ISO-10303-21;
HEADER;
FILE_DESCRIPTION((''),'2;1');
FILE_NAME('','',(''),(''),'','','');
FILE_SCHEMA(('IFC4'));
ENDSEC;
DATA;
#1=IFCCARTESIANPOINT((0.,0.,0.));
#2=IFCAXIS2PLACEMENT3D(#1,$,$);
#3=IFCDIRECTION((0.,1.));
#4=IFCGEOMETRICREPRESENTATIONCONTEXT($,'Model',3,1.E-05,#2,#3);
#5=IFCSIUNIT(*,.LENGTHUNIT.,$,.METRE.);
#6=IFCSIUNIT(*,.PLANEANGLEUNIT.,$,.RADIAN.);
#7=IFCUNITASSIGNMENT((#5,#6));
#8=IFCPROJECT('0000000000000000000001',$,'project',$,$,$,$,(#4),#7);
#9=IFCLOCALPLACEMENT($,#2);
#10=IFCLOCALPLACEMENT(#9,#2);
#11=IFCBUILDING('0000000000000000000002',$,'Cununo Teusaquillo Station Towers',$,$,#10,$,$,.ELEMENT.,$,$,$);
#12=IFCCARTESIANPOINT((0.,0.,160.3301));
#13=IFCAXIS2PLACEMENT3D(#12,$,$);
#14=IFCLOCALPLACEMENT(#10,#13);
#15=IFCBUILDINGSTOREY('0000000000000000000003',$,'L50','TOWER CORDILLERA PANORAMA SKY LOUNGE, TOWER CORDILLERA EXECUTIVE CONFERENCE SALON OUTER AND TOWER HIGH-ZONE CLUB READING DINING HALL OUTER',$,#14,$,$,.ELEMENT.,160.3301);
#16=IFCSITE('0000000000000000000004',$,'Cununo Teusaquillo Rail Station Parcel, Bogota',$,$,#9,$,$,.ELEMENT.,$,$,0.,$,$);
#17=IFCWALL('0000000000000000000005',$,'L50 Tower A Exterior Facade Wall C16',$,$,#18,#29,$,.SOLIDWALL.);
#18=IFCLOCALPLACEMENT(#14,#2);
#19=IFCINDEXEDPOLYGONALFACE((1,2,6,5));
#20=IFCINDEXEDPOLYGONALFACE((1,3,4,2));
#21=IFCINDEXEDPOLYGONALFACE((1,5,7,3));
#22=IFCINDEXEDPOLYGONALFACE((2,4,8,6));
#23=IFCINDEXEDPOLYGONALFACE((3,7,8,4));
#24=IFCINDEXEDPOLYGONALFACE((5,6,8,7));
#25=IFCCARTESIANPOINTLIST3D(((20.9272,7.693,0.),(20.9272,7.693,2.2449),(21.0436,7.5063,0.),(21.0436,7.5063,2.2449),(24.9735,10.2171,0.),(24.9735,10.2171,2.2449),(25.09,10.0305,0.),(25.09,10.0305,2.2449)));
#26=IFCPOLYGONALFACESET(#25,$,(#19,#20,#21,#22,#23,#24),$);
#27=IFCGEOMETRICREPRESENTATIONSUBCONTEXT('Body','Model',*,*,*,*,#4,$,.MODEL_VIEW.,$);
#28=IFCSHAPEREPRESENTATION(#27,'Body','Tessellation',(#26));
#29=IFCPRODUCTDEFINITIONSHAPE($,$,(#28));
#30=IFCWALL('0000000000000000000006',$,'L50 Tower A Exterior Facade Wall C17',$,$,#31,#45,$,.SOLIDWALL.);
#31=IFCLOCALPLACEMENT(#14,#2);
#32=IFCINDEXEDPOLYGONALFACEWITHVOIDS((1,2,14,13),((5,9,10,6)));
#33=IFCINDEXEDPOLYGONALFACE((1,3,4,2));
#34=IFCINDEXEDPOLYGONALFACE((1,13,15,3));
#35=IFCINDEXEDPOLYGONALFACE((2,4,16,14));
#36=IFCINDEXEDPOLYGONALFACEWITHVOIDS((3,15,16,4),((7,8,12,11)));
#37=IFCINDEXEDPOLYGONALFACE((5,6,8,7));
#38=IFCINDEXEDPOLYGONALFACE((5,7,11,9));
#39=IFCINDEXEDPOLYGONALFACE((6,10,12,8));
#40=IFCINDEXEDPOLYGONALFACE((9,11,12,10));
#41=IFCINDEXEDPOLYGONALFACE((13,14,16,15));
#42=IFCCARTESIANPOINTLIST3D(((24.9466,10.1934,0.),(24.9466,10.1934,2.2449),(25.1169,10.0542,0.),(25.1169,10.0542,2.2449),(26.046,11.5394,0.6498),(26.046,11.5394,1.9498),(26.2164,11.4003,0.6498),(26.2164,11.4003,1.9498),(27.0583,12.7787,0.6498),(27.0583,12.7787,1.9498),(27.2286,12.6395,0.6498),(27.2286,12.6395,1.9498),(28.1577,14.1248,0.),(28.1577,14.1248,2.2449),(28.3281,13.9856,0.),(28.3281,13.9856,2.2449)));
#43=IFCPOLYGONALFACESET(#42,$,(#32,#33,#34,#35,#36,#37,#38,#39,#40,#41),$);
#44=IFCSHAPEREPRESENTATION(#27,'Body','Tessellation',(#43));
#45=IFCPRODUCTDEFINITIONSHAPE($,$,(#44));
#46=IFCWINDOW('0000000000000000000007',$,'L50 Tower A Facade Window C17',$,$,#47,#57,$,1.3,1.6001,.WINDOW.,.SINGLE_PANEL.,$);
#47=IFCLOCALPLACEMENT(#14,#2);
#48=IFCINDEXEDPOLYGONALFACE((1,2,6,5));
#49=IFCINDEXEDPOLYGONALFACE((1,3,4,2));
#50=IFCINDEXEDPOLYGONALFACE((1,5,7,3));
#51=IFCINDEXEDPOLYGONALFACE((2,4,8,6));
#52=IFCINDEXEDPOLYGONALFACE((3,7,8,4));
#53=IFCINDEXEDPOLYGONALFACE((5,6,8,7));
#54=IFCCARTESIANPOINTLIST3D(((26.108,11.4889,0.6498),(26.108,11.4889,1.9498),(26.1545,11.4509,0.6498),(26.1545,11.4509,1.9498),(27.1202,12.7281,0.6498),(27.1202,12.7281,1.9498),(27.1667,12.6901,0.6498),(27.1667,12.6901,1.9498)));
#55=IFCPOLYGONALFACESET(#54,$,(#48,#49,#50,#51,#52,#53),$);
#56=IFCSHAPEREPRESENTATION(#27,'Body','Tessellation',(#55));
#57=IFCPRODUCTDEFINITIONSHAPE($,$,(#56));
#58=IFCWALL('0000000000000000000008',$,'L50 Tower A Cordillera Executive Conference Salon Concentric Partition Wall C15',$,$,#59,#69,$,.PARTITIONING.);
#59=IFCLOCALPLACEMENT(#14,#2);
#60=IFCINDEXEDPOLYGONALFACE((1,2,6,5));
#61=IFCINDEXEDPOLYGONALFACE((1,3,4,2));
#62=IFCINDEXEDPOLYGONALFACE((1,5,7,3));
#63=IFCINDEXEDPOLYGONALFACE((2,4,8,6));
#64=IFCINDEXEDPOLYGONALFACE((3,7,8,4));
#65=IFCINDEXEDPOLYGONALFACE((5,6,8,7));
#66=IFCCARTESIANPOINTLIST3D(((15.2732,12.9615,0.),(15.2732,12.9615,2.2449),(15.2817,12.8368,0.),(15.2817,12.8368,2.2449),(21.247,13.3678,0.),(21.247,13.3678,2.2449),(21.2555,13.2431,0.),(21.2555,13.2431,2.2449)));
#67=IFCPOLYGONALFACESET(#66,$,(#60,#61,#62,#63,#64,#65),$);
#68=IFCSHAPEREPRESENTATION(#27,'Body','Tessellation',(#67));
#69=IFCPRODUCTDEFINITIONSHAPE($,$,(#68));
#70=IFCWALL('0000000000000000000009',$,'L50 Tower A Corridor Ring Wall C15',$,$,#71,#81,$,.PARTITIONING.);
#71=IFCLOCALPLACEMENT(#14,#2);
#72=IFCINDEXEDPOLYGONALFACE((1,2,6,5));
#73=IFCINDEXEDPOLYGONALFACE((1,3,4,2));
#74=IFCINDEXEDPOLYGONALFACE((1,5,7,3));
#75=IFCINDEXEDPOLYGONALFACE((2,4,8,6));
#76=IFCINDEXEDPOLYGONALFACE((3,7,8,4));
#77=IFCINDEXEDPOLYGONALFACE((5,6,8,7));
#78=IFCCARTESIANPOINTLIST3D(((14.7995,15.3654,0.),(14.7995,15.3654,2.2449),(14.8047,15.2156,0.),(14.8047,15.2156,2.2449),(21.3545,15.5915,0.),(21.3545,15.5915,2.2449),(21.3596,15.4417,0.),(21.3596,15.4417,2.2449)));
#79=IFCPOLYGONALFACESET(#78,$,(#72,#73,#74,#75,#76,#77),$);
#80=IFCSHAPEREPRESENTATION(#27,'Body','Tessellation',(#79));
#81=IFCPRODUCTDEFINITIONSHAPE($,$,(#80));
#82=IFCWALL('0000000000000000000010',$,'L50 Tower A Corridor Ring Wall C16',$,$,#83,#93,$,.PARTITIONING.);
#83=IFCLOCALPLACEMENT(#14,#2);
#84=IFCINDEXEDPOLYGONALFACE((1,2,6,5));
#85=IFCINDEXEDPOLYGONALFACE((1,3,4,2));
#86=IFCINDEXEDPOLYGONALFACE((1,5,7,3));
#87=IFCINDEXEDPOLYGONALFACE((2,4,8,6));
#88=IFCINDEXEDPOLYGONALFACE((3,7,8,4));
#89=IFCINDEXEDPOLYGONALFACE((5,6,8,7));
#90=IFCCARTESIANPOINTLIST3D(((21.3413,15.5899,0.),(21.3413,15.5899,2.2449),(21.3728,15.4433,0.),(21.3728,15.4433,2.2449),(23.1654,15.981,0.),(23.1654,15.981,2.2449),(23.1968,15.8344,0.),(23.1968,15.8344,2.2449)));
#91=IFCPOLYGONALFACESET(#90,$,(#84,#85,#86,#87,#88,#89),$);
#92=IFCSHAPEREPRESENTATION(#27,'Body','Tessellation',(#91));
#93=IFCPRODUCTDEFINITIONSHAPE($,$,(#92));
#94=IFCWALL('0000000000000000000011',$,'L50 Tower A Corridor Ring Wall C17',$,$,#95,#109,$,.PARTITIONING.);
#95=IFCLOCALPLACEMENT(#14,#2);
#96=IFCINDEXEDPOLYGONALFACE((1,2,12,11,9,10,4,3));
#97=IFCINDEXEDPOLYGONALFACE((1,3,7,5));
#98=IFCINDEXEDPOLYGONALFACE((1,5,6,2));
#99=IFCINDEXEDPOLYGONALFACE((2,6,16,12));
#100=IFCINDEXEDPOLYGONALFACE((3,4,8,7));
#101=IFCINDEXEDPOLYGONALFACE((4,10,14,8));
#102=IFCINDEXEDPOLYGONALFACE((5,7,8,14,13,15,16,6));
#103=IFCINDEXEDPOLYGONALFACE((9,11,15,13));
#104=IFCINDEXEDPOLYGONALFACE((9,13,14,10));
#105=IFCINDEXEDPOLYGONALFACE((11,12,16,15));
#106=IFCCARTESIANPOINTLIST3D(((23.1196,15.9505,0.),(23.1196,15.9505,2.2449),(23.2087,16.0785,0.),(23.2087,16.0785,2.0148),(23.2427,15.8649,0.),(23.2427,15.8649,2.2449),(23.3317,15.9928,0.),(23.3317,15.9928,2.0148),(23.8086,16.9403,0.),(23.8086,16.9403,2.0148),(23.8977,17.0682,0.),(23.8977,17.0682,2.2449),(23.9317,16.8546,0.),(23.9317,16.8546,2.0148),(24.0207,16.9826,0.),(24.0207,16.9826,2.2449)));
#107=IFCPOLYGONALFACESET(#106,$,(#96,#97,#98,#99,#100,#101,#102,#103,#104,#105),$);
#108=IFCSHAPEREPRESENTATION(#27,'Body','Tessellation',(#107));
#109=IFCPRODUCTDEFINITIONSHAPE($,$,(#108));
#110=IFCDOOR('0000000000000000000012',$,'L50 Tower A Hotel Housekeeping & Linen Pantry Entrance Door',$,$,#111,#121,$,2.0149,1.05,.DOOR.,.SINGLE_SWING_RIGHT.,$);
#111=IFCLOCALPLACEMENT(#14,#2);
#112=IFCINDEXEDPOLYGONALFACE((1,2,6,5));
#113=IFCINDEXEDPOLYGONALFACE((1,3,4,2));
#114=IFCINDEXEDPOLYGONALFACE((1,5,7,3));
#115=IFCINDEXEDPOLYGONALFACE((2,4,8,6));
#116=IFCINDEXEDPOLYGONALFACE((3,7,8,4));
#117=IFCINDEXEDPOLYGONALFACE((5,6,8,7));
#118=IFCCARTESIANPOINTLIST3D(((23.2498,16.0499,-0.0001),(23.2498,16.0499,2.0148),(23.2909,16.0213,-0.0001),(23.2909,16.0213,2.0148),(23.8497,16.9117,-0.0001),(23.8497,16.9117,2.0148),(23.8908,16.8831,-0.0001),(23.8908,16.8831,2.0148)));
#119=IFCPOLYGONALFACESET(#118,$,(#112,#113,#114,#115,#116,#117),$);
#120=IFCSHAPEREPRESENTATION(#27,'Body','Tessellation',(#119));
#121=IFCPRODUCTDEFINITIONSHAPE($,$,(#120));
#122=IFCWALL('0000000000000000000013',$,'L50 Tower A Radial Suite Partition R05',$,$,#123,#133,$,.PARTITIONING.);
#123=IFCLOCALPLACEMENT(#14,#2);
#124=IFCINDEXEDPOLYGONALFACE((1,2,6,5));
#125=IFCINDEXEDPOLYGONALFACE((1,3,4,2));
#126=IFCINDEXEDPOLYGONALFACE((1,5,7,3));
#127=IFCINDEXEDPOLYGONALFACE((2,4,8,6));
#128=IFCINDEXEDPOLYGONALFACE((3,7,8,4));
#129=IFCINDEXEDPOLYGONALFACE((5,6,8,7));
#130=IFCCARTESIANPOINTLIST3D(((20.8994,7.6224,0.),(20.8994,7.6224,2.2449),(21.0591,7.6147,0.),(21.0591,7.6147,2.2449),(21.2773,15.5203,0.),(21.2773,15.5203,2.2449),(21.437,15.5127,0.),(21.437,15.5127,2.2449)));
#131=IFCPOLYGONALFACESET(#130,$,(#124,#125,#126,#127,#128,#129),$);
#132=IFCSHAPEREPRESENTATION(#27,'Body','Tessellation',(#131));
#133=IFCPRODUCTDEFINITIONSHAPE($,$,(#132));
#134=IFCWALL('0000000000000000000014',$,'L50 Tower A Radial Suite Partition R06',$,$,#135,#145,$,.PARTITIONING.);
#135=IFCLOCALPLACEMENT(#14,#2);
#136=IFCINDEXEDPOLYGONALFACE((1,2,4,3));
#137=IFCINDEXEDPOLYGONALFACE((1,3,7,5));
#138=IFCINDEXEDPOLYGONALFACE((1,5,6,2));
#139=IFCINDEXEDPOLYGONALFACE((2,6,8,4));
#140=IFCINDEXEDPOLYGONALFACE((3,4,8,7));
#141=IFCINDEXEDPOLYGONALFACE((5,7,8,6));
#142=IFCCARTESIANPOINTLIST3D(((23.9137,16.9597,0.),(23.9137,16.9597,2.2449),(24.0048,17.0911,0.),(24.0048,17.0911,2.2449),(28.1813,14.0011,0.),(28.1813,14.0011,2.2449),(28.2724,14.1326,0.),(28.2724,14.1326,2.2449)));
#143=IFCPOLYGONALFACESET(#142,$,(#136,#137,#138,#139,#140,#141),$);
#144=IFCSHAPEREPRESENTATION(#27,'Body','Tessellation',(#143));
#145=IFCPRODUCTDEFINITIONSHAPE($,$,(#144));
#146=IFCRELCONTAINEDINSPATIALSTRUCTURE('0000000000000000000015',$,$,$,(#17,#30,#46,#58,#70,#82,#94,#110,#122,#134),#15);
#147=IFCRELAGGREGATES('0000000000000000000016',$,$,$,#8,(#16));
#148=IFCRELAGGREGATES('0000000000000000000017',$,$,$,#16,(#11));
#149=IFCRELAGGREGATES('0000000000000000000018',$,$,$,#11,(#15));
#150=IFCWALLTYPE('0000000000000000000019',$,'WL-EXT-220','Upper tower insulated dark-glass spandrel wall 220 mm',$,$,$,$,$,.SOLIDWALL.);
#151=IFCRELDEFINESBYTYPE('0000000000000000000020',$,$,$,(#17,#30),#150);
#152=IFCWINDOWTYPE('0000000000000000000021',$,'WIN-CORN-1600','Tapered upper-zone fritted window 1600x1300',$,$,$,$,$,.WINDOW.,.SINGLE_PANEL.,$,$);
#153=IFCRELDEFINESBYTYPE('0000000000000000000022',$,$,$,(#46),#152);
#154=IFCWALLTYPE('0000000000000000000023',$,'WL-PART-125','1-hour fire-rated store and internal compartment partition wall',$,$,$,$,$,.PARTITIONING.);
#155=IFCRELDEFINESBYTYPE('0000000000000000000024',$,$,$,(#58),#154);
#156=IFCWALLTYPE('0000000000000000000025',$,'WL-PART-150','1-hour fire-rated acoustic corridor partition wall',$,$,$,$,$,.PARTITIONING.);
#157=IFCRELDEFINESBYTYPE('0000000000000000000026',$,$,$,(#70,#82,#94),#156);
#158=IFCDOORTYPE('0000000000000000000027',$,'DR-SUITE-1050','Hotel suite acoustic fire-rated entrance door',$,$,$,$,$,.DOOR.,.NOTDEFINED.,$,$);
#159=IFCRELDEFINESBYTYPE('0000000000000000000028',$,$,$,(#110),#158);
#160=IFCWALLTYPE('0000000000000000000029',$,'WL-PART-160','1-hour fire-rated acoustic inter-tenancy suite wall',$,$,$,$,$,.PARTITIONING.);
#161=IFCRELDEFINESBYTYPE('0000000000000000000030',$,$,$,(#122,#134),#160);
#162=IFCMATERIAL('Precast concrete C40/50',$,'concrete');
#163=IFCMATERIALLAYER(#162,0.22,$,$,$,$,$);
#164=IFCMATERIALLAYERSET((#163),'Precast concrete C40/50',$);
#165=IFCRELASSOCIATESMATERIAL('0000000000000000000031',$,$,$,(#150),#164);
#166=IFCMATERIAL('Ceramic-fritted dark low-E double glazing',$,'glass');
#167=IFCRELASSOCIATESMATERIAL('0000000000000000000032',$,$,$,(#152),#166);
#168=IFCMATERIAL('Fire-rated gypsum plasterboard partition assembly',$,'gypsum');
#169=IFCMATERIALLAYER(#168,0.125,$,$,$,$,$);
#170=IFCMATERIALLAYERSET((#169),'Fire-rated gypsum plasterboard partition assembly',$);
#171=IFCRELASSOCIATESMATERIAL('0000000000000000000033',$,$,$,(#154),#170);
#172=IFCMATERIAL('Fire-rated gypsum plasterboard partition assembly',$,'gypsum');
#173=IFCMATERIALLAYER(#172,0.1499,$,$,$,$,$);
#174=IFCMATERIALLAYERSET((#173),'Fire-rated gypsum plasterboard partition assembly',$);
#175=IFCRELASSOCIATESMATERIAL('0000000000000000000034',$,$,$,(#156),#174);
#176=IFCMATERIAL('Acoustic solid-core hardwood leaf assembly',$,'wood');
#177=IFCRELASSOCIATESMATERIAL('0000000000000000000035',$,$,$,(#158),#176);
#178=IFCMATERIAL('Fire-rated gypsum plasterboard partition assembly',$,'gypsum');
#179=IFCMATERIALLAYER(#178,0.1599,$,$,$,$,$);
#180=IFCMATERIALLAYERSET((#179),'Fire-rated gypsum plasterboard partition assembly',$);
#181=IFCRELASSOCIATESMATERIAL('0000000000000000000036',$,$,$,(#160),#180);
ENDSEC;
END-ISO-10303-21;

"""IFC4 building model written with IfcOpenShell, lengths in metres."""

from ifc_helpers import new_model, si_unit, direction, frame, frame_2d, origin, place, context, subcontext, project, spatial, rectangle, extrude, source, transform, mapped, material, layer, layer_set, type_object, element, fill, save


model = new_model("IFC4")

# Units and contexts
model_context = context("Model", 3, precision=1e-05, world=origin(), true_north=direction((0.0, 1.0)))
body_context = subcontext(model_context, "Body", "Model", "MODEL_VIEW")
ifc_project = project(units=[si_unit("LENGTHUNIT", "METRE"), si_unit("PLANEANGLEUNIT", "RADIAN")], contexts=[model_context])

# Site, building, storey
site_placement = place(None, origin())
site = spatial("IfcSite", under=ifc_project, at=site_placement, Name="Cununo Teusaquillo Rail Station Parcel, Bogota", CompositionType="ELEMENT", RefElevation=0.0)
building_placement = place(site_placement, origin())
building = spatial("IfcBuilding", under=site, at=building_placement, Name="Cununo Teusaquillo Station Towers", CompositionType="ELEMENT")
storey_placement = place(building_placement, frame((0.0, 0.0, 160.3301)))
storey = spatial("IfcBuildingStorey", under=building, at=storey_placement, Name="L50", Description="TOWER CORDILLERA PANORAMA SKY LOUNGE, TOWER CORDILLERA EXECUTIVE CONFERENCE SALON OUTER AND TOWER HIGH-ZONE CLUB READING DINING HALL OUTER", CompositionType="ELEMENT", Elevation=160.3301)

# Shared definitions
ifc_material_1 = material(Name="Precast concrete C40/50", Category="concrete")
ifc_layer_1 = layer(ifc_material_1, 0.22)
ifc_layer_set_1 = layer_set([ifc_layer_1], Name="Precast concrete C40/50")
wall_type_1 = type_object("IfcWallType", Name="WL-EXT-220", Description="Upper tower insulated dark-glass spandrel wall 220 mm", PredefinedType="SOLIDWALL", material=ifc_layer_set_1)

# Shared definitions
shared_shape_1 = source(origin(), body_context, "Body", "SweptSolid", [
    extrude(rectangle(XDim=1.6001, YDim=1.3, at=frame_2d((0.8, 0.6499))), frame((0.0, 0.1199, 0.0), z_axis=(0.0, -1.0, 0.0), x_axis=(1.0, 0.0, 0.0)), (0.0, 0.0, 1.0), 0.24),
])
ifc_material_2 = material(Name="Ceramic-fritted dark low-E double glazing", Category="glass")
window_type = type_object("IfcWindowType", Name="WIN-CORN-1600", Description="Tapered upper-zone fritted window 1600x1300", PartitioningType="SINGLE_PANEL", PredefinedType="WINDOW", material=ifc_material_2)
shared_shape_2 = source(origin(), body_context, "Body", "SweptSolid", [
    extrude(rectangle(XDim=1.6001, YDim=1.3, at=frame_2d((0.8, 0.6499))), frame((0.0, 0.03, 0.0), z_axis=(0.0, -1.0, 0.0), x_axis=(1.0, 0.0, 0.0)), (0.0, 0.0, 1.0), 0.0601),
])

# Wall
wall_1_placement = place(storey_placement, frame((25.0317, 10.1238, 0.0), z_axis=(0.0, 0.0, 1.0), x_axis=(-0.848452, -0.529272, 0.0)))
element("IfcWall", 1, at=wall_1_placement, inside=storey, type_object=wall_type_1, Name="L50 Tower A Exterior Facade Wall C16", PredefinedType="SOLIDWALL", context=body_context, shape_type="SweptSolid", body=[
    extrude(rectangle(XDim=4.769, YDim=0.22, at=frame_2d((2.3845, 0.0))), origin(), (0.0, 0.0, 1.0), 2.2449),
])

# Wall, opening, window
wall_2_placement = place(storey_placement, frame((28.2429, 14.0552, 0.0), z_axis=(0.0, 0.0, 1.0), x_axis=(-0.632599, -0.77448, 0.0)))
wall_2 = element("IfcWall", 2, at=wall_2_placement, inside=storey, type_object=wall_type_1, Name="L50 Tower A Exterior Facade Wall C17", PredefinedType="SOLIDWALL", context=body_context, shape_type="SweptSolid", body=[
    extrude(rectangle(XDim=5.0762, YDim=0.22, at=frame_2d((2.5381, 0.0))), origin(), (0.0, 0.0, 1.0), 2.2449),
])
opening_1_placement = place(wall_2_placement, frame((1.738, 0.0, 0.6499)))
opening_1 = element("IfcOpeningElement", 3, at=opening_1_placement, cuts=wall_2, PredefinedType="OPENING", context=body_context, shape_type="MappedRepresentation", body=[
    mapped(shared_shape_1, transform((0.0, 0.0, 0.0), x_axis=(1.0, 0.0, 0.0), y_axis=(0.0, 1.0, 0.0), z_axis=(0.0, 0.0, 1.0), scale=1.0)),
])
window_1_placement = place(opening_1_placement, origin())
window_1 = element("IfcWindow", 4, at=window_1_placement, inside=storey, type_object=window_type, Name="L50 Tower A Facade Window C17", OverallHeight=1.3, OverallWidth=1.6001, PartitioningType="SINGLE_PANEL", PredefinedType="WINDOW", context=body_context, shape_type="MappedRepresentation", body=[
    mapped(shared_shape_2, transform((0.0, 0.0, 0.0), x_axis=(1.0, 0.0, 0.0), y_axis=(0.0, 1.0, 0.0), z_axis=(0.0, 0.0, 1.0), scale=1.0)),
])
fill(opening_1, window_1)

# Walls
ifc_material_3 = material(Name="Fire-rated gypsum plasterboard partition assembly", Category="gypsum")
ifc_layer_2 = layer(ifc_material_3, 0.125)
ifc_layer_set_2 = layer_set([ifc_layer_2], Name="Fire-rated gypsum plasterboard partition assembly")
wall_type_2 = type_object("IfcWallType", Name="WL-PART-125", Description="1-hour fire-rated store and internal compartment partition wall", PredefinedType="PARTITIONING", material=ifc_layer_set_2)
wall_3_placement = place(storey_placement, frame((15.2776, 12.8992, 0.0), z_axis=(0.0, 0.0, 1.0), x_axis=(0.997696, 0.06785, 0.0)))
element("IfcWall", 5, at=wall_3_placement, inside=storey, type_object=wall_type_2, Name="L50 Tower A Cordillera Executive Conference Salon Concentric Partition Wall C15", PredefinedType="PARTITIONING", context=body_context, shape_type="SweptSolid", body=[
    extrude(rectangle(XDim=5.9875, YDim=0.125, at=frame_2d((2.9937, 0.0))), origin(), (0.0, 0.0, 1.0), 2.2449),
])
ifc_material_4 = material(Name="Fire-rated gypsum plasterboard partition assembly", Category="gypsum")
ifc_layer_3 = layer(ifc_material_4, 0.1499)
ifc_layer_set_3 = layer_set([ifc_layer_3], Name="Fire-rated gypsum plasterboard partition assembly")
wall_type_3 = type_object("IfcWallType", Name="WL-PART-150", Description="1-hour fire-rated acoustic corridor partition wall", PredefinedType="PARTITIONING", material=ifc_layer_set_3)
wall_4_placement = place(storey_placement, frame((14.8022, 15.2905, 0.0), z_axis=(0.0, 0.0, 1.0), x_axis=(0.999406, 0.034469, 0.0)))
element("IfcWall", 6, at=wall_4_placement, inside=storey, type_object=wall_type_3, Name="L50 Tower A Corridor Ring Wall C15", PredefinedType="PARTITIONING", context=body_context, shape_type="SweptSolid", body=[
    extrude(rectangle(XDim=6.5588, YDim=0.1499, at=frame_2d((3.2793, 0.0))), origin(), (0.0, 0.0, 1.0), 2.2449),
])
wall_5_placement = place(storey_placement, frame((21.3572, 15.5166, 0.0), z_axis=(0.0, 0.0, 1.0), x_axis=(0.977774, 0.209663, 0.0)))
element("IfcWall", 7, at=wall_5_placement, inside=storey, type_object=wall_type_3, Name="L50 Tower A Corridor Ring Wall C16", PredefinedType="PARTITIONING", context=body_context, shape_type="SweptSolid", body=[
    extrude(rectangle(XDim=1.8655, YDim=0.1499, at=frame_2d((0.9326, 0.0))), origin(), (0.0, 0.0, 1.0), 2.2449),
])

# Wall, opening, door
wall_6_placement = place(storey_placement, frame((23.1812, 15.9077, 0.0), z_axis=(0.0, 0.0, 1.0), x_axis=(0.571343, 0.820711, 0.0)))
wall_6 = element("IfcWall", 8, at=wall_6_placement, inside=storey, type_object=wall_type_3, Name="L50 Tower A Corridor Ring Wall C17", PredefinedType="PARTITIONING", context=body_context, shape_type="SweptSolid", body=[
    extrude(rectangle(XDim=1.3618, YDim=0.1499, at=frame_2d((0.6809, 0.0))), origin(), (0.0, 0.0, 1.0), 2.2449),
])
shared_shape_3 = source(origin(), body_context, "Body", "SweptSolid", [
    extrude(rectangle(XDim=1.05, YDim=2.0149, at=frame_2d((0.5249, 1.0073))), frame((0.0, 0.085, 0.0), z_axis=(0.0, -1.0, 0.0), x_axis=(1.0, 0.0, 0.0)), (0.0, 0.0, 1.0), 0.1699),
])
opening_2_placement = place(wall_6_placement, frame((0.156, 0.0, 0.0)))
opening_2 = element("IfcOpeningElement", 9, at=opening_2_placement, cuts=wall_6, PredefinedType="OPENING", context=body_context, shape_type="MappedRepresentation", body=[
    mapped(shared_shape_3, transform((0.0, 0.0, 0.0), x_axis=(1.0, 0.0, 0.0), y_axis=(0.0, 1.0, 0.0), z_axis=(0.0, 0.0, 1.0), scale=1.0)),
])
ifc_material_5 = material(Name="Acoustic solid-core hardwood leaf assembly", Category="wood")
door_type_1 = type_object("IfcDoorType", Name="DR-SUITE-1050", Description="Hotel suite acoustic fire-rated entrance door", OperationType="NOTDEFINED", PredefinedType="DOOR", material=ifc_material_5)
shared_shape_4 = source(origin(), body_context, "Body", "SweptSolid", [
    extrude(rectangle(XDim=1.05, YDim=2.0149, at=frame_2d((0.5249, 1.0073))), frame((0.0, 0.0249, 0.0), z_axis=(0.0, -1.0, 0.0), x_axis=(1.0, 0.0, 0.0)), (0.0, 0.0, 1.0), 0.05),
])
door_1_placement = place(opening_2_placement, origin())
door_1 = element("IfcDoor", 10, at=door_1_placement, inside=storey, type_object=door_type_1, Name="L50 Tower A Hotel Housekeeping & Linen Pantry Entrance Door", OperationType="SINGLE_SWING_RIGHT", OverallHeight=2.0149, OverallWidth=1.05, PredefinedType="DOOR", context=body_context, shape_type="MappedRepresentation", body=[
    mapped(shared_shape_4, transform((0.0, 0.0, 0.0), x_axis=(1.0, 0.0, 0.0), y_axis=(0.0, 1.0, 0.0), z_axis=(0.0, 0.0, 1.0), scale=1.0)),
])
fill(opening_2, door_1)

# Walls
ifc_material_6 = material(Name="Fire-rated gypsum plasterboard partition assembly", Category="gypsum")
ifc_layer_4 = layer(ifc_material_6, 0.1599)
ifc_layer_set_4 = layer_set([ifc_layer_4], Name="Fire-rated gypsum plasterboard partition assembly")
wall_type_4 = type_object("IfcWallType", Name="WL-PART-160", Description="1-hour fire-rated acoustic inter-tenancy suite wall", PredefinedType="PARTITIONING", material=ifc_layer_set_4)
wall_7_placement = place(storey_placement, frame((21.3572, 15.5166, 0.0), z_axis=(0.0, 0.0, 1.0), x_axis=(-0.047797, -0.998857, 0.0)))
element("IfcWall", 11, at=wall_7_placement, inside=storey, type_object=wall_type_4, Name="L50 Tower A Radial Suite Partition R05", PredefinedType="PARTITIONING", context=body_context, shape_type="SweptSolid", body=[
    extrude(rectangle(XDim=7.907, YDim=0.1599, at=frame_2d((3.9536, 0.0))), origin(), (0.0, 0.0, 1.0), 2.2449),
])
wall_8_placement = place(storey_placement, frame((23.9592, 17.0254, 0.0), z_axis=(0.0, 0.0, 1.0), x_axis=(0.82183, -0.569733, 0.0)))
element("IfcWall", 12, at=wall_8_placement, inside=storey, type_object=wall_type_4, Name="L50 Tower A Radial Suite Partition R06", PredefinedType="PARTITIONING", context=body_context, shape_type="SweptSolid", body=[
    extrude(rectangle(XDim=5.1929, YDim=0.1599, at=frame_2d((2.5964, 0.0))), origin(), (0.0, 0.0, 1.0), 2.2449),
])

save(model, "model.ifc")
